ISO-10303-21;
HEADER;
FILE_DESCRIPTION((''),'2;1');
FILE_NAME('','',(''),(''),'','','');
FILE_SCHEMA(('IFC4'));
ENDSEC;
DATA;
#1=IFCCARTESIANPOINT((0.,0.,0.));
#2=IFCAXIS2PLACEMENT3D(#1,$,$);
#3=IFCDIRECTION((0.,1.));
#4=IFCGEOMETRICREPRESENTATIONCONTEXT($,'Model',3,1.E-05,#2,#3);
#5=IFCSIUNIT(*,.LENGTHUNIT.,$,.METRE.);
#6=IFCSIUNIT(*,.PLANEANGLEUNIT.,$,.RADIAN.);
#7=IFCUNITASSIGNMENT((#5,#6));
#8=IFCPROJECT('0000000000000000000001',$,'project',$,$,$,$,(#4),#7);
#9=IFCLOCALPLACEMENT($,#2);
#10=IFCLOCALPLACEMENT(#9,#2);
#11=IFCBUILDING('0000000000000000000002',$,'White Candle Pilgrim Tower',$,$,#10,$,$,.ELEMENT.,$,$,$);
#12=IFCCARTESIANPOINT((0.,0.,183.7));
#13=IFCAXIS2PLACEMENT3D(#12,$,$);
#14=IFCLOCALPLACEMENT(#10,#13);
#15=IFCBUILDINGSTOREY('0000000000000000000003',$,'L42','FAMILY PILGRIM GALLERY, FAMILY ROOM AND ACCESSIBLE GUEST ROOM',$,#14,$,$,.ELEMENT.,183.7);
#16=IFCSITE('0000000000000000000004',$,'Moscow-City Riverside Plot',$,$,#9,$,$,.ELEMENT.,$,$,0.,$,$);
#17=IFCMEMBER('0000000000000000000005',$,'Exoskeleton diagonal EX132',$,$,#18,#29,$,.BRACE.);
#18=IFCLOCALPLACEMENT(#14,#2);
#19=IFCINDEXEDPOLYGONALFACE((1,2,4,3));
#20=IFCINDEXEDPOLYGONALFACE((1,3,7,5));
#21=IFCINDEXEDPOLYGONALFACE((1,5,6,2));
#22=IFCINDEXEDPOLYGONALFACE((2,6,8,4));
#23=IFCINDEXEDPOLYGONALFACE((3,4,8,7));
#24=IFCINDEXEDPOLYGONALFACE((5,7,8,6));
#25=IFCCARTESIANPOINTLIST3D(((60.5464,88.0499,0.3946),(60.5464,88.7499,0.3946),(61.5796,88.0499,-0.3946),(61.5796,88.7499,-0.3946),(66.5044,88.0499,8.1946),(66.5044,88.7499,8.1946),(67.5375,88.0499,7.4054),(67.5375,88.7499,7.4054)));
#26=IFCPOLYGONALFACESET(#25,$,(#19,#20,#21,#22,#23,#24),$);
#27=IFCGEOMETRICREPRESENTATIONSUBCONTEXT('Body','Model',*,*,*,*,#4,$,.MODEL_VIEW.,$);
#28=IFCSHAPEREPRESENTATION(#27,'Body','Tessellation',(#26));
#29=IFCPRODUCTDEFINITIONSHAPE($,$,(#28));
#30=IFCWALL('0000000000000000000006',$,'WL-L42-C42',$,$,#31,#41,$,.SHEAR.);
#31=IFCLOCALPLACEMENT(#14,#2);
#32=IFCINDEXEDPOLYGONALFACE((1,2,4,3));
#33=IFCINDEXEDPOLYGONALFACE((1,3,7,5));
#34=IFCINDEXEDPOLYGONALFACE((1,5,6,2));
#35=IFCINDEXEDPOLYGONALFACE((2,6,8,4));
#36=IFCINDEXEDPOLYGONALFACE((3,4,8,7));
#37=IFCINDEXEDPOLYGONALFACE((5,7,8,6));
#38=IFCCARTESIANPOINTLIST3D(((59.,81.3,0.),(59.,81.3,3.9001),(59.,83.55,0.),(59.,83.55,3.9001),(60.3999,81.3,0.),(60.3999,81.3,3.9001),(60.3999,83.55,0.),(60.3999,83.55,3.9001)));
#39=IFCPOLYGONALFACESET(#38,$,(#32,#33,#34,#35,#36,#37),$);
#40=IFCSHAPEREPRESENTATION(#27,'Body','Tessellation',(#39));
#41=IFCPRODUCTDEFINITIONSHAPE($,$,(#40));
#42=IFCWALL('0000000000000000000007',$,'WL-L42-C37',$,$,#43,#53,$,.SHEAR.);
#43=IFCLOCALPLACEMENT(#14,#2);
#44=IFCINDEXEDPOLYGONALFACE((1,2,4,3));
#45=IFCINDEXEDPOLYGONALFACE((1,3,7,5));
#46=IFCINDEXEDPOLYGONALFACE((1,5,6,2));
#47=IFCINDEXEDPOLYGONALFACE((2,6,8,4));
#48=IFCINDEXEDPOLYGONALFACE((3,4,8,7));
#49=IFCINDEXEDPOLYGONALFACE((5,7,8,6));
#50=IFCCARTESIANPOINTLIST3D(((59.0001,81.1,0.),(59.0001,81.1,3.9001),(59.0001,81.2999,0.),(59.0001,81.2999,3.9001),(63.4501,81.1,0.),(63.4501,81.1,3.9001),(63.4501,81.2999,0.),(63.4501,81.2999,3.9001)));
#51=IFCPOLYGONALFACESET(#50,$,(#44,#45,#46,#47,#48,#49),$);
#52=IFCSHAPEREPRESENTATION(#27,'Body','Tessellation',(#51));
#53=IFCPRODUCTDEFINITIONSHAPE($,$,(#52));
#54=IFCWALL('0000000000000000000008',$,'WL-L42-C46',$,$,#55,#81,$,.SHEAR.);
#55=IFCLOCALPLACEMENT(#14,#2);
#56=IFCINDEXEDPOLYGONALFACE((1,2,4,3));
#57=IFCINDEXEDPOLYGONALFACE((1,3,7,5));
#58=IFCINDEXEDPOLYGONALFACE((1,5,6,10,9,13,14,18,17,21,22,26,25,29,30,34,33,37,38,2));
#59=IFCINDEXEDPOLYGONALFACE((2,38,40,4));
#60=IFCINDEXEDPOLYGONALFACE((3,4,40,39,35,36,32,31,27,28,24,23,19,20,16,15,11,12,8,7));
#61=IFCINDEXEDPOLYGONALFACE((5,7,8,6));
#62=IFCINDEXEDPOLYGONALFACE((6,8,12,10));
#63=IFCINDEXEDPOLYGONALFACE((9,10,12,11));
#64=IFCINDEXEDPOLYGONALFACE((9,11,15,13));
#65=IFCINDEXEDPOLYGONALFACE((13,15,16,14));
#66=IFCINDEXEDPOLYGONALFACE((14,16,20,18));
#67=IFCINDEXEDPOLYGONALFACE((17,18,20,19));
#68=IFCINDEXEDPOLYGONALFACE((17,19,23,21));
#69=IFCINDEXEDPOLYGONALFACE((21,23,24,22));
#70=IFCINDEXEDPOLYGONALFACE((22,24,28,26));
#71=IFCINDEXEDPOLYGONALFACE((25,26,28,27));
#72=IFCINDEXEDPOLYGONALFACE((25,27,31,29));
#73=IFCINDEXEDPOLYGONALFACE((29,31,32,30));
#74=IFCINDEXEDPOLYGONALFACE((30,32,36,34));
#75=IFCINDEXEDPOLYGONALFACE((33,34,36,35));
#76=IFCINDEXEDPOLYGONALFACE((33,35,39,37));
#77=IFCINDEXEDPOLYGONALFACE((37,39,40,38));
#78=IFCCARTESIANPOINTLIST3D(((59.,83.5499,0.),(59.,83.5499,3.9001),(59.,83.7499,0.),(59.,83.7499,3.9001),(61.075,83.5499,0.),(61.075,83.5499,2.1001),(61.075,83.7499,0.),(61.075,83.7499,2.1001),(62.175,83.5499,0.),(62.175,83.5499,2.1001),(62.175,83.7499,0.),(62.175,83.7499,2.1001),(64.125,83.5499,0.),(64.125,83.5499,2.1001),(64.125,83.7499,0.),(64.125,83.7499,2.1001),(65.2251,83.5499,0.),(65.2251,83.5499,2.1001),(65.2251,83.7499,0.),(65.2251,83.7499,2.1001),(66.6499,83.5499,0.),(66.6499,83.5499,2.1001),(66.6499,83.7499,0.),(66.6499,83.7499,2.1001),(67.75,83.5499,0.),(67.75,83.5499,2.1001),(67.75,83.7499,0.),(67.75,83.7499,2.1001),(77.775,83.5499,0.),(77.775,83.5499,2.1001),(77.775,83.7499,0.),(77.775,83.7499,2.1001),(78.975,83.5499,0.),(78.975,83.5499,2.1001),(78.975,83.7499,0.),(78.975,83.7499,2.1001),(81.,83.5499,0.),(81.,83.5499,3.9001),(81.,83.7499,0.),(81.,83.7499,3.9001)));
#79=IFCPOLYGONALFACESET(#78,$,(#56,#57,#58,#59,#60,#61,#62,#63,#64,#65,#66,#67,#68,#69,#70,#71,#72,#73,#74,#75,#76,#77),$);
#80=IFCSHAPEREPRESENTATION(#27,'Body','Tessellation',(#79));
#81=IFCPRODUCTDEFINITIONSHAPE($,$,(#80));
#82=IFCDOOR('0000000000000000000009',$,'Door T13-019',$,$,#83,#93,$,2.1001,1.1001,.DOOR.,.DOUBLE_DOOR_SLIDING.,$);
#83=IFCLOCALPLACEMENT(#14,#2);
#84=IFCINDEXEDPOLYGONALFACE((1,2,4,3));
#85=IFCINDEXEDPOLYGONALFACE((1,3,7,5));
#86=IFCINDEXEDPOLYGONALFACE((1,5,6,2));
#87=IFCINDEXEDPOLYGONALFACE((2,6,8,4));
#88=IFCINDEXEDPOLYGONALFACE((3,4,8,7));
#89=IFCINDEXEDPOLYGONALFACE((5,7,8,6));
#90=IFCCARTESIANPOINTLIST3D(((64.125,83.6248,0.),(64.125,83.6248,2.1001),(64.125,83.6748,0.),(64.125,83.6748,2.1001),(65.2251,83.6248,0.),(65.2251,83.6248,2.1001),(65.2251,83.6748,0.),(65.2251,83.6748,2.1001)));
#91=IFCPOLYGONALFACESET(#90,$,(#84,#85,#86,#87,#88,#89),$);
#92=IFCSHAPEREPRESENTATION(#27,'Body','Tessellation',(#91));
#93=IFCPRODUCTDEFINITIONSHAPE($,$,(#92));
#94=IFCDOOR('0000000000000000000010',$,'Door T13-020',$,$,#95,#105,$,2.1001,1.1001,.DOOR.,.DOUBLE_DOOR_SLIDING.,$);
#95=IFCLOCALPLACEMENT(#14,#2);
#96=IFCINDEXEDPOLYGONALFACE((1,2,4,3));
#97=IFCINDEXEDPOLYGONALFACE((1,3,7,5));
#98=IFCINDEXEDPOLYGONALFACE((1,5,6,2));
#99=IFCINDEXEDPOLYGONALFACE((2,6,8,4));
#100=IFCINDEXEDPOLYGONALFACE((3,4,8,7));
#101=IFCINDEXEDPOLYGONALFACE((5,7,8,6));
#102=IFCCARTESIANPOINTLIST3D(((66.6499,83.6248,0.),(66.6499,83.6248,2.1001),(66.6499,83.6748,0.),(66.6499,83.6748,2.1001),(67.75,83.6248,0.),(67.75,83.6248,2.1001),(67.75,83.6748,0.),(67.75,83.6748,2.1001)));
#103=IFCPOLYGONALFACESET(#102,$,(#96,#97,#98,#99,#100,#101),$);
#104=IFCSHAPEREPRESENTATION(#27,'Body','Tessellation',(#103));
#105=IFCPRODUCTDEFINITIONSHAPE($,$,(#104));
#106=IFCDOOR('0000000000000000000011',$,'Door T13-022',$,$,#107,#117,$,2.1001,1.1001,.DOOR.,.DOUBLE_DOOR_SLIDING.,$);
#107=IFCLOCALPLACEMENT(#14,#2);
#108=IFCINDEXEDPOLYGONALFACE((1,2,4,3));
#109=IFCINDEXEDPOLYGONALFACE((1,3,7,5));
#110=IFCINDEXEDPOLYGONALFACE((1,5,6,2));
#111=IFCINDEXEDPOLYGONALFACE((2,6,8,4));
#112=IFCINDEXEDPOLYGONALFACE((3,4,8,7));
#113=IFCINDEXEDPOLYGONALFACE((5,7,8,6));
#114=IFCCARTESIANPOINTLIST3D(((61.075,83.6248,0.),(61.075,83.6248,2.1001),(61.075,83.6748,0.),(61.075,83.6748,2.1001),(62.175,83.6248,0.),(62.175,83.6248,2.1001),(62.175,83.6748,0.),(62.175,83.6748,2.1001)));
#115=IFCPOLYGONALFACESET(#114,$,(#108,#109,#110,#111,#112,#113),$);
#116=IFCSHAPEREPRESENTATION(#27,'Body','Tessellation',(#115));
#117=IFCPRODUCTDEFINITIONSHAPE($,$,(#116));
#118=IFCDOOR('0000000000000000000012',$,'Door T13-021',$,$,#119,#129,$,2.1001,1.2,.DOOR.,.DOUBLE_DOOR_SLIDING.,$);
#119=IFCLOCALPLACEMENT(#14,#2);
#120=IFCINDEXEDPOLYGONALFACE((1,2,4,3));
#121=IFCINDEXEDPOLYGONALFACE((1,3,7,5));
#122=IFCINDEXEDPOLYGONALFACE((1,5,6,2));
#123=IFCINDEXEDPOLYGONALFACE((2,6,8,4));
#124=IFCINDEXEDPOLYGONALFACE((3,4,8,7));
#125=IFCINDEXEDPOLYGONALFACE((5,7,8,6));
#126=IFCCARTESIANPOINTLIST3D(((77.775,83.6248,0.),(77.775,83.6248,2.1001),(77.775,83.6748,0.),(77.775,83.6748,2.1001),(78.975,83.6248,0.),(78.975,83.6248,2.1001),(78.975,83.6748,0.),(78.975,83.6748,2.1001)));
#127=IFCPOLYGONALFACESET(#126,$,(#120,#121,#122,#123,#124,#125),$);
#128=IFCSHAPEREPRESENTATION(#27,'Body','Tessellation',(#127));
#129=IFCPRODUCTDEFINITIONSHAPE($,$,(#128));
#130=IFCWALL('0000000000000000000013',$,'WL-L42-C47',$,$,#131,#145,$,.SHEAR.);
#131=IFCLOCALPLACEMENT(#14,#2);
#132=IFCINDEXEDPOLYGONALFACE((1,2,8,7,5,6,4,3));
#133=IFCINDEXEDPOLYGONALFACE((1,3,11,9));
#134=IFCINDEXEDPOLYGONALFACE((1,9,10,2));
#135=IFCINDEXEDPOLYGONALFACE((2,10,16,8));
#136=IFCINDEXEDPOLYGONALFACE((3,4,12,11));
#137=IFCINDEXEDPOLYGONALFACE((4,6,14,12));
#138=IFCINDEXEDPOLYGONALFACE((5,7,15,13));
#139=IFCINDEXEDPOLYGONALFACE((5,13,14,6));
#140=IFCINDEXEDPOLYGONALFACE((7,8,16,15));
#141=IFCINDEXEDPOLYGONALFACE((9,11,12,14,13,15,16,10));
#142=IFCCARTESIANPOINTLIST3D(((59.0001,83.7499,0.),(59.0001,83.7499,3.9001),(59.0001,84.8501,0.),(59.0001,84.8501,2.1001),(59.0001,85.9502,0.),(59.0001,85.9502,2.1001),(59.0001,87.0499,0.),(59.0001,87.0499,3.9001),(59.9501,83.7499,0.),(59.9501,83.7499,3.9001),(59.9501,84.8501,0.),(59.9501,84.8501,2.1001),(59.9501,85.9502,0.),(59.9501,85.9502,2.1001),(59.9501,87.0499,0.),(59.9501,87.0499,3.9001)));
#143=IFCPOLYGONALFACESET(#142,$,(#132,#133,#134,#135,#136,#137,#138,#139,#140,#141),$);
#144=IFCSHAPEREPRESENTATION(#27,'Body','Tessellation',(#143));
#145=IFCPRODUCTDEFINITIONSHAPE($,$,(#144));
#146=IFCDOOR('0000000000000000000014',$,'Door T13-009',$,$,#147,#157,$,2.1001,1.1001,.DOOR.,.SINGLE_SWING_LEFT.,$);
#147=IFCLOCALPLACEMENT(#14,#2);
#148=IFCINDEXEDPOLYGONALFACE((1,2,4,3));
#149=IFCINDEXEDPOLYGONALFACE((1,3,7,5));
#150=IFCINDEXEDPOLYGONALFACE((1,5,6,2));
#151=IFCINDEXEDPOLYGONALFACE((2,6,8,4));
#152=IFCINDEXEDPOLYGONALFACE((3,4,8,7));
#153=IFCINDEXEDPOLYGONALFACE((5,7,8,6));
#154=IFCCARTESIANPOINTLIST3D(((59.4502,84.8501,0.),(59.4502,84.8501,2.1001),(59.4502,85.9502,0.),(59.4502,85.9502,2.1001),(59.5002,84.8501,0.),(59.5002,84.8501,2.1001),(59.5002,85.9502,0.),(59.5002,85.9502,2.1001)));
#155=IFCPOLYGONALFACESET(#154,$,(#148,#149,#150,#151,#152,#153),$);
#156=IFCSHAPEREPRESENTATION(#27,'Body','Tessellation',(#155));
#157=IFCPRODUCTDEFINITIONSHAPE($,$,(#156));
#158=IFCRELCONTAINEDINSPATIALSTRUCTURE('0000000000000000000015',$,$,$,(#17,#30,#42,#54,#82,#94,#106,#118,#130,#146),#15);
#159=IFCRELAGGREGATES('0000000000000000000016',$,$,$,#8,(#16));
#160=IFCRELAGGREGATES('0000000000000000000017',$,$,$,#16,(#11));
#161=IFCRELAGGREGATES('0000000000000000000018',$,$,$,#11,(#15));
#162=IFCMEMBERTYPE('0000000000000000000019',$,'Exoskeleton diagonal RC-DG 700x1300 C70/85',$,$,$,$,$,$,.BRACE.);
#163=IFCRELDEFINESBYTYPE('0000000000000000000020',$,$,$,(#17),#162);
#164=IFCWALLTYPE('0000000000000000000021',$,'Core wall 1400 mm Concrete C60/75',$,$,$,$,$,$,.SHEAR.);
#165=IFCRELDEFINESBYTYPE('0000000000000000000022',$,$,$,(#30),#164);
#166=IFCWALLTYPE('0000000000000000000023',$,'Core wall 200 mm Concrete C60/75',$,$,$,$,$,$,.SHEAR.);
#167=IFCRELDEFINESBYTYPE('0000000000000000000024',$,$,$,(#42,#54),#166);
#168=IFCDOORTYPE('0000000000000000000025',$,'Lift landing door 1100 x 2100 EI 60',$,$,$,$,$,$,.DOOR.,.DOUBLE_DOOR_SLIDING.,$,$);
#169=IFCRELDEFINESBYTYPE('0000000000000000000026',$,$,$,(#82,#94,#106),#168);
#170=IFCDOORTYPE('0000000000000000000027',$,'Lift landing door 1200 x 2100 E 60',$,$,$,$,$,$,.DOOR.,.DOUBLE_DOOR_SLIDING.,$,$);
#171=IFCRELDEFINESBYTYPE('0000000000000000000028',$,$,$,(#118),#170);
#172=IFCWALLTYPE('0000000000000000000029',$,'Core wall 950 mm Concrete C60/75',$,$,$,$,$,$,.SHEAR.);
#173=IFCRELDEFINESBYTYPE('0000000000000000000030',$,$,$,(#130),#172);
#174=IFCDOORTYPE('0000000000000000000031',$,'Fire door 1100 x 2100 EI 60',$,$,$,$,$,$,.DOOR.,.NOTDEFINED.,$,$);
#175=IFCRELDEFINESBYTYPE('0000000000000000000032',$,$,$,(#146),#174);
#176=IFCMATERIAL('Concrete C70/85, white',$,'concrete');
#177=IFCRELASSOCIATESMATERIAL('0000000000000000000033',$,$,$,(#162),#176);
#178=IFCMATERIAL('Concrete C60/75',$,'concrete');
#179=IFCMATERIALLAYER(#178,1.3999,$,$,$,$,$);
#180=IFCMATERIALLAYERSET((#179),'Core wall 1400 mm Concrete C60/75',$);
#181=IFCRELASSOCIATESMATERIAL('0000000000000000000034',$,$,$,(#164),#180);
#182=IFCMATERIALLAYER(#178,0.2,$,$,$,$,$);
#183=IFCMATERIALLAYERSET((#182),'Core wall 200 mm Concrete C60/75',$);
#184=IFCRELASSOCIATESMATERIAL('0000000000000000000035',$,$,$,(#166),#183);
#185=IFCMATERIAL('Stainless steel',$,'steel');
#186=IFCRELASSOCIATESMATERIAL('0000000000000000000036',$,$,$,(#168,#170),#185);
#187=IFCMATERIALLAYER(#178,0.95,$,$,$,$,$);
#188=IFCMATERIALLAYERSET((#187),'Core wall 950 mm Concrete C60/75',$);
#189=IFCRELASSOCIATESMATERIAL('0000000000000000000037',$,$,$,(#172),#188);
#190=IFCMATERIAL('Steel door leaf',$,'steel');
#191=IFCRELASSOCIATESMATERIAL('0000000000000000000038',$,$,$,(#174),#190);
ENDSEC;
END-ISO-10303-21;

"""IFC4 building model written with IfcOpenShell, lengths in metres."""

from ifc_helpers import new_model, si_unit, direction, frame, frame_2d, origin, origin_2d, place, context, subcontext, project, spatial, rectangle, extrude, material, layer, layer_set, material_profile, profile_set, type_object, element, fill, save


model = new_model("IFC4")

# Units and contexts
model_context = context("Model", 3, precision=1e-05, world=origin(), true_north=direction((0.0, 1.0)))
body_context = subcontext(model_context, "Body", "Model", "MODEL_VIEW")
ifc_project = project(units=[si_unit("LENGTHUNIT", "METRE"), si_unit("PLANEANGLEUNIT", "RADIAN")], contexts=[model_context])

# Site, building, storey
site_placement = place(None, origin())
site = spatial("IfcSite", under=ifc_project, at=site_placement, Name="Moscow-City Riverside Plot", CompositionType="ELEMENT", RefElevation=0.0)
building_placement = place(site_placement, origin())
building = spatial("IfcBuilding", under=site, at=building_placement, Name="White Candle Pilgrim Tower", CompositionType="ELEMENT")
storey_placement = place(building_placement, frame((0.0, 0.0, 183.7)))
storey = spatial("IfcBuildingStorey", under=building, at=storey_placement, Name="L42", Description="FAMILY PILGRIM GALLERY, FAMILY ROOM AND ACCESSIBLE GUEST ROOM", CompositionType="ELEMENT", Elevation=183.7)

# Member
ifc_material_1 = material(Name="Concrete C70/85, white", Category="concrete")
ifc_material_profile = material_profile(ifc_material_1, rectangle(XDim=0.7, YDim=1.3, at=origin_2d()), Name="RC-DG 700x1300")
ifc_profile_set = profile_set([ifc_material_profile], Name="Concrete C70/85, white")
member_type = type_object("IfcMemberType", Name="Exoskeleton diagonal RC-DG 700x1300 C70/85", PredefinedType="BRACE", material=ifc_profile_set)
member_placement = place(storey_placement, frame((61.063, 88.3999, 0.0), z_axis=(0.607017, 0.0, 0.794689), x_axis=(0.0, 1.0, 0.0)))
element("IfcMember", 1, at=member_placement, inside=storey, type_object=member_type, Name="Exoskeleton diagonal EX132", PredefinedType="BRACE", context=body_context, shape_type="SweptSolid", body=[
    extrude(rectangle(XDim=0.7, YDim=1.3, at=origin_2d()), origin(), (0.0, 0.0, 1.0), 9.8152),
])

# Walls
ifc_material_2 = material(Name="Concrete C60/75", Category="concrete")
ifc_layer_1 = layer(ifc_material_2, 1.3999)
ifc_layer_set_1 = layer_set([ifc_layer_1], Name="Core wall 1400 mm Concrete C60/75")
wall_type_1 = type_object("IfcWallType", Name="Core wall 1400 mm Concrete C60/75", PredefinedType="SHEAR", material=ifc_layer_set_1)
wall_1_placement = place(storey_placement, frame((59.7, 81.3, 0.0), z_axis=(0.0, 0.0, 1.0), x_axis=(0.0, 1.0, 0.0)))
element("IfcWall", 2, at=wall_1_placement, inside=storey, type_object=wall_type_1, Name="WL-L42-C42", PredefinedType="SHEAR", context=body_context, shape_type="SweptSolid", body=[
    extrude(rectangle(XDim=2.25, YDim=1.3999, at=frame_2d((1.125, 0.0))), origin(), (0.0, 0.0, 1.0), 3.9001),
])
ifc_layer_2 = layer(ifc_material_2, 0.2)
ifc_layer_set_2 = layer_set([ifc_layer_2], Name="Core wall 200 mm Concrete C60/75")
wall_type_2 = type_object("IfcWallType", Name="Core wall 200 mm Concrete C60/75", PredefinedType="SHEAR", material=ifc_layer_set_2)
wall_2_placement = place(storey_placement, frame((59.0, 81.2, 0.0), z_axis=(0.0, 0.0, 1.0), x_axis=(1.0, 0.0, 0.0)))
element("IfcWall", 3, at=wall_2_placement, inside=storey, type_object=wall_type_2, Name="WL-L42-C37", PredefinedType="SHEAR", context=body_context, shape_type="SweptSolid", body=[
    extrude(rectangle(XDim=4.45, YDim=0.2, at=frame_2d((2.2251, 0.0))), origin(), (0.0, 0.0, 1.0), 3.9001),
])

# Wall, openings, doors
wall_3_placement = place(storey_placement, frame((59.0, 83.6499, 0.0), z_axis=(0.0, 0.0, 1.0), x_axis=(1.0, 0.0, 0.0)))
wall_3 = element("IfcWall", 4, at=wall_3_placement, inside=storey, type_object=wall_type_2, Name="WL-L42-C46", PredefinedType="SHEAR", context=body_context, shape_type="SweptSolid", body=[
    extrude(rectangle(XDim=22.0, YDim=0.2, at=frame_2d((11.0, 0.0))), origin(), (0.0, 0.0, 1.0), 3.9001),
])
opening_1_placement = place(wall_3_placement, frame((5.125, 0.0, 0.0)))
opening_1 = element("IfcOpeningElement", 5, at=opening_1_placement, cuts=wall_3, PredefinedType="OPENING", context=body_context, shape_type="SweptSolid", body=[
    extrude(rectangle(XDim=1.1001, YDim=2.1001, at=frame_2d((0.55, 1.05))), frame((0.0, 0.1099, 0.0), z_axis=(0.0, -1.0, 0.0), x_axis=(1.0, 0.0, 0.0)), (0.0, 0.0, 1.0), 0.22),
])
opening_2_placement = place(wall_3_placement, frame((7.6499, 0.0, 0.0)))
opening_2 = element("IfcOpeningElement", 6, at=opening_2_placement, cuts=wall_3, PredefinedType="OPENING", context=body_context, shape_type="SweptSolid", body=[
    extrude(rectangle(XDim=1.1001, YDim=2.1001, at=frame_2d((0.55, 1.05))), frame((0.0, 0.1099, 0.0), z_axis=(0.0, -1.0, 0.0), x_axis=(1.0, 0.0, 0.0)), (0.0, 0.0, 1.0), 0.22),
])
opening_3_placement = place(wall_3_placement, frame((18.7749, 0.0, 0.0)))
opening_3 = element("IfcOpeningElement", 7, at=opening_3_placement, cuts=wall_3, PredefinedType="OPENING", context=body_context, shape_type="SweptSolid", body=[
    extrude(rectangle(XDim=1.2, YDim=2.1001, at=frame_2d((0.6001, 1.05))), frame((0.0, 0.1099, 0.0), z_axis=(0.0, -1.0, 0.0), x_axis=(1.0, 0.0, 0.0)), (0.0, 0.0, 1.0), 0.22),
])
opening_4_placement = place(wall_3_placement, frame((2.075, 0.0, 0.0)))
opening_4 = element("IfcOpeningElement", 8, at=opening_4_placement, cuts=wall_3, PredefinedType="OPENING", context=body_context, shape_type="SweptSolid", body=[
    extrude(rectangle(XDim=1.1001, YDim=2.1001, at=frame_2d((0.55, 1.05))), frame((0.0, 0.1099, 0.0), z_axis=(0.0, -1.0, 0.0), x_axis=(1.0, 0.0, 0.0)), (0.0, 0.0, 1.0), 0.22),
])
ifc_material_3 = material(Name="Stainless steel", Category="steel")
door_type_1 = type_object("IfcDoorType", Name="Lift landing door 1100 x 2100 EI 60", OperationType="DOUBLE_DOOR_SLIDING", PredefinedType="DOOR", material=ifc_material_3)
door_1_placement = place(opening_1_placement, origin())
door_1 = element("IfcDoor", 9, at=door_1_placement, inside=storey, type_object=door_type_1, Name="Door T13-019", OperationType="DOUBLE_DOOR_SLIDING", OverallHeight=2.1001, OverallWidth=1.1001, PredefinedType="DOOR", context=body_context, shape_type="SweptSolid", body=[
    extrude(rectangle(XDim=1.1001, YDim=2.1001, at=frame_2d((0.55, 1.05))), frame((0.0, 0.0249, 0.0), z_axis=(0.0, -1.0, 0.0), x_axis=(1.0, 0.0, 0.0)), (0.0, 0.0, 1.0), 0.05),
])
fill(opening_1, door_1)
door_2_placement = place(opening_2_placement, origin())
door_2 = element("IfcDoor", 10, at=door_2_placement, inside=storey, type_object=door_type_1, Name="Door T13-020", OperationType="DOUBLE_DOOR_SLIDING", OverallHeight=2.1001, OverallWidth=1.1001, PredefinedType="DOOR", context=body_context, shape_type="SweptSolid", body=[
    extrude(rectangle(XDim=1.1001, YDim=2.1001, at=frame_2d((0.55, 1.05))), frame((0.0, 0.0249, 0.0), z_axis=(0.0, -1.0, 0.0), x_axis=(1.0, 0.0, 0.0)), (0.0, 0.0, 1.0), 0.05),
])
fill(opening_2, door_2)
door_3_placement = place(opening_4_placement, origin())
door_3 = element("IfcDoor", 11, at=door_3_placement, inside=storey, type_object=door_type_1, Name="Door T13-022", OperationType="DOUBLE_DOOR_SLIDING", OverallHeight=2.1001, OverallWidth=1.1001, PredefinedType="DOOR", context=body_context, shape_type="SweptSolid", body=[
    extrude(rectangle(XDim=1.1001, YDim=2.1001, at=frame_2d((0.55, 1.05))), frame((0.0, 0.0249, 0.0), z_axis=(0.0, -1.0, 0.0), x_axis=(1.0, 0.0, 0.0)), (0.0, 0.0, 1.0), 0.05),
])
fill(opening_4, door_3)
door_type_2 = type_object("IfcDoorType", Name="Lift landing door 1200 x 2100 E 60", OperationType="DOUBLE_DOOR_SLIDING", PredefinedType="DOOR", material=ifc_material_3)
door_4_placement = place(opening_3_placement, origin())
door_4 = element("IfcDoor", 12, at=door_4_placement, inside=storey, type_object=door_type_2, Name="Door T13-021", OperationType="DOUBLE_DOOR_SLIDING", OverallHeight=2.1001, OverallWidth=1.2, PredefinedType="DOOR", context=body_context, shape_type="SweptSolid", body=[
    extrude(rectangle(XDim=1.2, YDim=2.1001, at=frame_2d((0.6001, 1.05))), frame((0.0, 0.0249, 0.0), z_axis=(0.0, -1.0, 0.0), x_axis=(1.0, 0.0, 0.0)), (0.0, 0.0, 1.0), 0.05),
])
fill(opening_3, door_4)

# Wall, opening, door
ifc_layer_3 = layer(ifc_material_2, 0.95)
ifc_layer_set_3 = layer_set([ifc_layer_3], Name="Core wall 950 mm Concrete C60/75")
wall_type_3 = type_object("IfcWallType", Name="Core wall 950 mm Concrete C60/75", PredefinedType="SHEAR", material=ifc_layer_set_3)
wall_4_placement = place(storey_placement, frame((59.4751, 83.75, 0.0), z_axis=(0.0, 0.0, 1.0), x_axis=(0.0, 1.0, 0.0)))
wall_4 = element("IfcWall", 13, at=wall_4_placement, inside=storey, type_object=wall_type_3, Name="WL-L42-C47", PredefinedType="SHEAR", context=body_context, shape_type="SweptSolid", body=[
    extrude(rectangle(XDim=3.3, YDim=0.95, at=frame_2d((1.6499, 0.0))), origin(), (0.0, 0.0, 1.0), 3.9001),
])
opening_5_placement = place(wall_4_placement, frame((1.1001, 0.0, 0.0)))
opening_5 = element("IfcOpeningElement", 14, at=opening_5_placement, cuts=wall_4, PredefinedType="OPENING", context=body_context, shape_type="SweptSolid", body=[
    extrude(rectangle(XDim=1.1001, YDim=2.1001, at=frame_2d((0.55, 1.05))), frame((0.0, 0.4849, 0.0), z_axis=(0.0, -1.0, 0.0), x_axis=(1.0, 0.0, 0.0)), (0.0, 0.0, 1.0), 0.97),
])
ifc_material_4 = material(Name="Steel door leaf", Category="steel")
door_type_3 = type_object("IfcDoorType", Name="Fire door 1100 x 2100 EI 60", OperationType="NOTDEFINED", PredefinedType="DOOR", material=ifc_material_4)
door_5_placement = place(opening_5_placement, origin())
door_5 = element("IfcDoor", 15, at=door_5_placement, inside=storey, type_object=door_type_3, Name="Door T13-009", OperationType="SINGLE_SWING_LEFT", OverallHeight=2.1001, OverallWidth=1.1001, PredefinedType="DOOR", context=body_context, shape_type="SweptSolid", body=[
    extrude(rectangle(XDim=1.1001, YDim=2.1001, at=frame_2d((0.55, 1.05))), frame((0.0, 0.0249, 0.0), z_axis=(0.0, -1.0, 0.0), x_axis=(1.0, 0.0, 0.0)), (0.0, 0.0, 1.0), 0.05),
])
fill(opening_5, door_5)

save(model, "model.ifc")
